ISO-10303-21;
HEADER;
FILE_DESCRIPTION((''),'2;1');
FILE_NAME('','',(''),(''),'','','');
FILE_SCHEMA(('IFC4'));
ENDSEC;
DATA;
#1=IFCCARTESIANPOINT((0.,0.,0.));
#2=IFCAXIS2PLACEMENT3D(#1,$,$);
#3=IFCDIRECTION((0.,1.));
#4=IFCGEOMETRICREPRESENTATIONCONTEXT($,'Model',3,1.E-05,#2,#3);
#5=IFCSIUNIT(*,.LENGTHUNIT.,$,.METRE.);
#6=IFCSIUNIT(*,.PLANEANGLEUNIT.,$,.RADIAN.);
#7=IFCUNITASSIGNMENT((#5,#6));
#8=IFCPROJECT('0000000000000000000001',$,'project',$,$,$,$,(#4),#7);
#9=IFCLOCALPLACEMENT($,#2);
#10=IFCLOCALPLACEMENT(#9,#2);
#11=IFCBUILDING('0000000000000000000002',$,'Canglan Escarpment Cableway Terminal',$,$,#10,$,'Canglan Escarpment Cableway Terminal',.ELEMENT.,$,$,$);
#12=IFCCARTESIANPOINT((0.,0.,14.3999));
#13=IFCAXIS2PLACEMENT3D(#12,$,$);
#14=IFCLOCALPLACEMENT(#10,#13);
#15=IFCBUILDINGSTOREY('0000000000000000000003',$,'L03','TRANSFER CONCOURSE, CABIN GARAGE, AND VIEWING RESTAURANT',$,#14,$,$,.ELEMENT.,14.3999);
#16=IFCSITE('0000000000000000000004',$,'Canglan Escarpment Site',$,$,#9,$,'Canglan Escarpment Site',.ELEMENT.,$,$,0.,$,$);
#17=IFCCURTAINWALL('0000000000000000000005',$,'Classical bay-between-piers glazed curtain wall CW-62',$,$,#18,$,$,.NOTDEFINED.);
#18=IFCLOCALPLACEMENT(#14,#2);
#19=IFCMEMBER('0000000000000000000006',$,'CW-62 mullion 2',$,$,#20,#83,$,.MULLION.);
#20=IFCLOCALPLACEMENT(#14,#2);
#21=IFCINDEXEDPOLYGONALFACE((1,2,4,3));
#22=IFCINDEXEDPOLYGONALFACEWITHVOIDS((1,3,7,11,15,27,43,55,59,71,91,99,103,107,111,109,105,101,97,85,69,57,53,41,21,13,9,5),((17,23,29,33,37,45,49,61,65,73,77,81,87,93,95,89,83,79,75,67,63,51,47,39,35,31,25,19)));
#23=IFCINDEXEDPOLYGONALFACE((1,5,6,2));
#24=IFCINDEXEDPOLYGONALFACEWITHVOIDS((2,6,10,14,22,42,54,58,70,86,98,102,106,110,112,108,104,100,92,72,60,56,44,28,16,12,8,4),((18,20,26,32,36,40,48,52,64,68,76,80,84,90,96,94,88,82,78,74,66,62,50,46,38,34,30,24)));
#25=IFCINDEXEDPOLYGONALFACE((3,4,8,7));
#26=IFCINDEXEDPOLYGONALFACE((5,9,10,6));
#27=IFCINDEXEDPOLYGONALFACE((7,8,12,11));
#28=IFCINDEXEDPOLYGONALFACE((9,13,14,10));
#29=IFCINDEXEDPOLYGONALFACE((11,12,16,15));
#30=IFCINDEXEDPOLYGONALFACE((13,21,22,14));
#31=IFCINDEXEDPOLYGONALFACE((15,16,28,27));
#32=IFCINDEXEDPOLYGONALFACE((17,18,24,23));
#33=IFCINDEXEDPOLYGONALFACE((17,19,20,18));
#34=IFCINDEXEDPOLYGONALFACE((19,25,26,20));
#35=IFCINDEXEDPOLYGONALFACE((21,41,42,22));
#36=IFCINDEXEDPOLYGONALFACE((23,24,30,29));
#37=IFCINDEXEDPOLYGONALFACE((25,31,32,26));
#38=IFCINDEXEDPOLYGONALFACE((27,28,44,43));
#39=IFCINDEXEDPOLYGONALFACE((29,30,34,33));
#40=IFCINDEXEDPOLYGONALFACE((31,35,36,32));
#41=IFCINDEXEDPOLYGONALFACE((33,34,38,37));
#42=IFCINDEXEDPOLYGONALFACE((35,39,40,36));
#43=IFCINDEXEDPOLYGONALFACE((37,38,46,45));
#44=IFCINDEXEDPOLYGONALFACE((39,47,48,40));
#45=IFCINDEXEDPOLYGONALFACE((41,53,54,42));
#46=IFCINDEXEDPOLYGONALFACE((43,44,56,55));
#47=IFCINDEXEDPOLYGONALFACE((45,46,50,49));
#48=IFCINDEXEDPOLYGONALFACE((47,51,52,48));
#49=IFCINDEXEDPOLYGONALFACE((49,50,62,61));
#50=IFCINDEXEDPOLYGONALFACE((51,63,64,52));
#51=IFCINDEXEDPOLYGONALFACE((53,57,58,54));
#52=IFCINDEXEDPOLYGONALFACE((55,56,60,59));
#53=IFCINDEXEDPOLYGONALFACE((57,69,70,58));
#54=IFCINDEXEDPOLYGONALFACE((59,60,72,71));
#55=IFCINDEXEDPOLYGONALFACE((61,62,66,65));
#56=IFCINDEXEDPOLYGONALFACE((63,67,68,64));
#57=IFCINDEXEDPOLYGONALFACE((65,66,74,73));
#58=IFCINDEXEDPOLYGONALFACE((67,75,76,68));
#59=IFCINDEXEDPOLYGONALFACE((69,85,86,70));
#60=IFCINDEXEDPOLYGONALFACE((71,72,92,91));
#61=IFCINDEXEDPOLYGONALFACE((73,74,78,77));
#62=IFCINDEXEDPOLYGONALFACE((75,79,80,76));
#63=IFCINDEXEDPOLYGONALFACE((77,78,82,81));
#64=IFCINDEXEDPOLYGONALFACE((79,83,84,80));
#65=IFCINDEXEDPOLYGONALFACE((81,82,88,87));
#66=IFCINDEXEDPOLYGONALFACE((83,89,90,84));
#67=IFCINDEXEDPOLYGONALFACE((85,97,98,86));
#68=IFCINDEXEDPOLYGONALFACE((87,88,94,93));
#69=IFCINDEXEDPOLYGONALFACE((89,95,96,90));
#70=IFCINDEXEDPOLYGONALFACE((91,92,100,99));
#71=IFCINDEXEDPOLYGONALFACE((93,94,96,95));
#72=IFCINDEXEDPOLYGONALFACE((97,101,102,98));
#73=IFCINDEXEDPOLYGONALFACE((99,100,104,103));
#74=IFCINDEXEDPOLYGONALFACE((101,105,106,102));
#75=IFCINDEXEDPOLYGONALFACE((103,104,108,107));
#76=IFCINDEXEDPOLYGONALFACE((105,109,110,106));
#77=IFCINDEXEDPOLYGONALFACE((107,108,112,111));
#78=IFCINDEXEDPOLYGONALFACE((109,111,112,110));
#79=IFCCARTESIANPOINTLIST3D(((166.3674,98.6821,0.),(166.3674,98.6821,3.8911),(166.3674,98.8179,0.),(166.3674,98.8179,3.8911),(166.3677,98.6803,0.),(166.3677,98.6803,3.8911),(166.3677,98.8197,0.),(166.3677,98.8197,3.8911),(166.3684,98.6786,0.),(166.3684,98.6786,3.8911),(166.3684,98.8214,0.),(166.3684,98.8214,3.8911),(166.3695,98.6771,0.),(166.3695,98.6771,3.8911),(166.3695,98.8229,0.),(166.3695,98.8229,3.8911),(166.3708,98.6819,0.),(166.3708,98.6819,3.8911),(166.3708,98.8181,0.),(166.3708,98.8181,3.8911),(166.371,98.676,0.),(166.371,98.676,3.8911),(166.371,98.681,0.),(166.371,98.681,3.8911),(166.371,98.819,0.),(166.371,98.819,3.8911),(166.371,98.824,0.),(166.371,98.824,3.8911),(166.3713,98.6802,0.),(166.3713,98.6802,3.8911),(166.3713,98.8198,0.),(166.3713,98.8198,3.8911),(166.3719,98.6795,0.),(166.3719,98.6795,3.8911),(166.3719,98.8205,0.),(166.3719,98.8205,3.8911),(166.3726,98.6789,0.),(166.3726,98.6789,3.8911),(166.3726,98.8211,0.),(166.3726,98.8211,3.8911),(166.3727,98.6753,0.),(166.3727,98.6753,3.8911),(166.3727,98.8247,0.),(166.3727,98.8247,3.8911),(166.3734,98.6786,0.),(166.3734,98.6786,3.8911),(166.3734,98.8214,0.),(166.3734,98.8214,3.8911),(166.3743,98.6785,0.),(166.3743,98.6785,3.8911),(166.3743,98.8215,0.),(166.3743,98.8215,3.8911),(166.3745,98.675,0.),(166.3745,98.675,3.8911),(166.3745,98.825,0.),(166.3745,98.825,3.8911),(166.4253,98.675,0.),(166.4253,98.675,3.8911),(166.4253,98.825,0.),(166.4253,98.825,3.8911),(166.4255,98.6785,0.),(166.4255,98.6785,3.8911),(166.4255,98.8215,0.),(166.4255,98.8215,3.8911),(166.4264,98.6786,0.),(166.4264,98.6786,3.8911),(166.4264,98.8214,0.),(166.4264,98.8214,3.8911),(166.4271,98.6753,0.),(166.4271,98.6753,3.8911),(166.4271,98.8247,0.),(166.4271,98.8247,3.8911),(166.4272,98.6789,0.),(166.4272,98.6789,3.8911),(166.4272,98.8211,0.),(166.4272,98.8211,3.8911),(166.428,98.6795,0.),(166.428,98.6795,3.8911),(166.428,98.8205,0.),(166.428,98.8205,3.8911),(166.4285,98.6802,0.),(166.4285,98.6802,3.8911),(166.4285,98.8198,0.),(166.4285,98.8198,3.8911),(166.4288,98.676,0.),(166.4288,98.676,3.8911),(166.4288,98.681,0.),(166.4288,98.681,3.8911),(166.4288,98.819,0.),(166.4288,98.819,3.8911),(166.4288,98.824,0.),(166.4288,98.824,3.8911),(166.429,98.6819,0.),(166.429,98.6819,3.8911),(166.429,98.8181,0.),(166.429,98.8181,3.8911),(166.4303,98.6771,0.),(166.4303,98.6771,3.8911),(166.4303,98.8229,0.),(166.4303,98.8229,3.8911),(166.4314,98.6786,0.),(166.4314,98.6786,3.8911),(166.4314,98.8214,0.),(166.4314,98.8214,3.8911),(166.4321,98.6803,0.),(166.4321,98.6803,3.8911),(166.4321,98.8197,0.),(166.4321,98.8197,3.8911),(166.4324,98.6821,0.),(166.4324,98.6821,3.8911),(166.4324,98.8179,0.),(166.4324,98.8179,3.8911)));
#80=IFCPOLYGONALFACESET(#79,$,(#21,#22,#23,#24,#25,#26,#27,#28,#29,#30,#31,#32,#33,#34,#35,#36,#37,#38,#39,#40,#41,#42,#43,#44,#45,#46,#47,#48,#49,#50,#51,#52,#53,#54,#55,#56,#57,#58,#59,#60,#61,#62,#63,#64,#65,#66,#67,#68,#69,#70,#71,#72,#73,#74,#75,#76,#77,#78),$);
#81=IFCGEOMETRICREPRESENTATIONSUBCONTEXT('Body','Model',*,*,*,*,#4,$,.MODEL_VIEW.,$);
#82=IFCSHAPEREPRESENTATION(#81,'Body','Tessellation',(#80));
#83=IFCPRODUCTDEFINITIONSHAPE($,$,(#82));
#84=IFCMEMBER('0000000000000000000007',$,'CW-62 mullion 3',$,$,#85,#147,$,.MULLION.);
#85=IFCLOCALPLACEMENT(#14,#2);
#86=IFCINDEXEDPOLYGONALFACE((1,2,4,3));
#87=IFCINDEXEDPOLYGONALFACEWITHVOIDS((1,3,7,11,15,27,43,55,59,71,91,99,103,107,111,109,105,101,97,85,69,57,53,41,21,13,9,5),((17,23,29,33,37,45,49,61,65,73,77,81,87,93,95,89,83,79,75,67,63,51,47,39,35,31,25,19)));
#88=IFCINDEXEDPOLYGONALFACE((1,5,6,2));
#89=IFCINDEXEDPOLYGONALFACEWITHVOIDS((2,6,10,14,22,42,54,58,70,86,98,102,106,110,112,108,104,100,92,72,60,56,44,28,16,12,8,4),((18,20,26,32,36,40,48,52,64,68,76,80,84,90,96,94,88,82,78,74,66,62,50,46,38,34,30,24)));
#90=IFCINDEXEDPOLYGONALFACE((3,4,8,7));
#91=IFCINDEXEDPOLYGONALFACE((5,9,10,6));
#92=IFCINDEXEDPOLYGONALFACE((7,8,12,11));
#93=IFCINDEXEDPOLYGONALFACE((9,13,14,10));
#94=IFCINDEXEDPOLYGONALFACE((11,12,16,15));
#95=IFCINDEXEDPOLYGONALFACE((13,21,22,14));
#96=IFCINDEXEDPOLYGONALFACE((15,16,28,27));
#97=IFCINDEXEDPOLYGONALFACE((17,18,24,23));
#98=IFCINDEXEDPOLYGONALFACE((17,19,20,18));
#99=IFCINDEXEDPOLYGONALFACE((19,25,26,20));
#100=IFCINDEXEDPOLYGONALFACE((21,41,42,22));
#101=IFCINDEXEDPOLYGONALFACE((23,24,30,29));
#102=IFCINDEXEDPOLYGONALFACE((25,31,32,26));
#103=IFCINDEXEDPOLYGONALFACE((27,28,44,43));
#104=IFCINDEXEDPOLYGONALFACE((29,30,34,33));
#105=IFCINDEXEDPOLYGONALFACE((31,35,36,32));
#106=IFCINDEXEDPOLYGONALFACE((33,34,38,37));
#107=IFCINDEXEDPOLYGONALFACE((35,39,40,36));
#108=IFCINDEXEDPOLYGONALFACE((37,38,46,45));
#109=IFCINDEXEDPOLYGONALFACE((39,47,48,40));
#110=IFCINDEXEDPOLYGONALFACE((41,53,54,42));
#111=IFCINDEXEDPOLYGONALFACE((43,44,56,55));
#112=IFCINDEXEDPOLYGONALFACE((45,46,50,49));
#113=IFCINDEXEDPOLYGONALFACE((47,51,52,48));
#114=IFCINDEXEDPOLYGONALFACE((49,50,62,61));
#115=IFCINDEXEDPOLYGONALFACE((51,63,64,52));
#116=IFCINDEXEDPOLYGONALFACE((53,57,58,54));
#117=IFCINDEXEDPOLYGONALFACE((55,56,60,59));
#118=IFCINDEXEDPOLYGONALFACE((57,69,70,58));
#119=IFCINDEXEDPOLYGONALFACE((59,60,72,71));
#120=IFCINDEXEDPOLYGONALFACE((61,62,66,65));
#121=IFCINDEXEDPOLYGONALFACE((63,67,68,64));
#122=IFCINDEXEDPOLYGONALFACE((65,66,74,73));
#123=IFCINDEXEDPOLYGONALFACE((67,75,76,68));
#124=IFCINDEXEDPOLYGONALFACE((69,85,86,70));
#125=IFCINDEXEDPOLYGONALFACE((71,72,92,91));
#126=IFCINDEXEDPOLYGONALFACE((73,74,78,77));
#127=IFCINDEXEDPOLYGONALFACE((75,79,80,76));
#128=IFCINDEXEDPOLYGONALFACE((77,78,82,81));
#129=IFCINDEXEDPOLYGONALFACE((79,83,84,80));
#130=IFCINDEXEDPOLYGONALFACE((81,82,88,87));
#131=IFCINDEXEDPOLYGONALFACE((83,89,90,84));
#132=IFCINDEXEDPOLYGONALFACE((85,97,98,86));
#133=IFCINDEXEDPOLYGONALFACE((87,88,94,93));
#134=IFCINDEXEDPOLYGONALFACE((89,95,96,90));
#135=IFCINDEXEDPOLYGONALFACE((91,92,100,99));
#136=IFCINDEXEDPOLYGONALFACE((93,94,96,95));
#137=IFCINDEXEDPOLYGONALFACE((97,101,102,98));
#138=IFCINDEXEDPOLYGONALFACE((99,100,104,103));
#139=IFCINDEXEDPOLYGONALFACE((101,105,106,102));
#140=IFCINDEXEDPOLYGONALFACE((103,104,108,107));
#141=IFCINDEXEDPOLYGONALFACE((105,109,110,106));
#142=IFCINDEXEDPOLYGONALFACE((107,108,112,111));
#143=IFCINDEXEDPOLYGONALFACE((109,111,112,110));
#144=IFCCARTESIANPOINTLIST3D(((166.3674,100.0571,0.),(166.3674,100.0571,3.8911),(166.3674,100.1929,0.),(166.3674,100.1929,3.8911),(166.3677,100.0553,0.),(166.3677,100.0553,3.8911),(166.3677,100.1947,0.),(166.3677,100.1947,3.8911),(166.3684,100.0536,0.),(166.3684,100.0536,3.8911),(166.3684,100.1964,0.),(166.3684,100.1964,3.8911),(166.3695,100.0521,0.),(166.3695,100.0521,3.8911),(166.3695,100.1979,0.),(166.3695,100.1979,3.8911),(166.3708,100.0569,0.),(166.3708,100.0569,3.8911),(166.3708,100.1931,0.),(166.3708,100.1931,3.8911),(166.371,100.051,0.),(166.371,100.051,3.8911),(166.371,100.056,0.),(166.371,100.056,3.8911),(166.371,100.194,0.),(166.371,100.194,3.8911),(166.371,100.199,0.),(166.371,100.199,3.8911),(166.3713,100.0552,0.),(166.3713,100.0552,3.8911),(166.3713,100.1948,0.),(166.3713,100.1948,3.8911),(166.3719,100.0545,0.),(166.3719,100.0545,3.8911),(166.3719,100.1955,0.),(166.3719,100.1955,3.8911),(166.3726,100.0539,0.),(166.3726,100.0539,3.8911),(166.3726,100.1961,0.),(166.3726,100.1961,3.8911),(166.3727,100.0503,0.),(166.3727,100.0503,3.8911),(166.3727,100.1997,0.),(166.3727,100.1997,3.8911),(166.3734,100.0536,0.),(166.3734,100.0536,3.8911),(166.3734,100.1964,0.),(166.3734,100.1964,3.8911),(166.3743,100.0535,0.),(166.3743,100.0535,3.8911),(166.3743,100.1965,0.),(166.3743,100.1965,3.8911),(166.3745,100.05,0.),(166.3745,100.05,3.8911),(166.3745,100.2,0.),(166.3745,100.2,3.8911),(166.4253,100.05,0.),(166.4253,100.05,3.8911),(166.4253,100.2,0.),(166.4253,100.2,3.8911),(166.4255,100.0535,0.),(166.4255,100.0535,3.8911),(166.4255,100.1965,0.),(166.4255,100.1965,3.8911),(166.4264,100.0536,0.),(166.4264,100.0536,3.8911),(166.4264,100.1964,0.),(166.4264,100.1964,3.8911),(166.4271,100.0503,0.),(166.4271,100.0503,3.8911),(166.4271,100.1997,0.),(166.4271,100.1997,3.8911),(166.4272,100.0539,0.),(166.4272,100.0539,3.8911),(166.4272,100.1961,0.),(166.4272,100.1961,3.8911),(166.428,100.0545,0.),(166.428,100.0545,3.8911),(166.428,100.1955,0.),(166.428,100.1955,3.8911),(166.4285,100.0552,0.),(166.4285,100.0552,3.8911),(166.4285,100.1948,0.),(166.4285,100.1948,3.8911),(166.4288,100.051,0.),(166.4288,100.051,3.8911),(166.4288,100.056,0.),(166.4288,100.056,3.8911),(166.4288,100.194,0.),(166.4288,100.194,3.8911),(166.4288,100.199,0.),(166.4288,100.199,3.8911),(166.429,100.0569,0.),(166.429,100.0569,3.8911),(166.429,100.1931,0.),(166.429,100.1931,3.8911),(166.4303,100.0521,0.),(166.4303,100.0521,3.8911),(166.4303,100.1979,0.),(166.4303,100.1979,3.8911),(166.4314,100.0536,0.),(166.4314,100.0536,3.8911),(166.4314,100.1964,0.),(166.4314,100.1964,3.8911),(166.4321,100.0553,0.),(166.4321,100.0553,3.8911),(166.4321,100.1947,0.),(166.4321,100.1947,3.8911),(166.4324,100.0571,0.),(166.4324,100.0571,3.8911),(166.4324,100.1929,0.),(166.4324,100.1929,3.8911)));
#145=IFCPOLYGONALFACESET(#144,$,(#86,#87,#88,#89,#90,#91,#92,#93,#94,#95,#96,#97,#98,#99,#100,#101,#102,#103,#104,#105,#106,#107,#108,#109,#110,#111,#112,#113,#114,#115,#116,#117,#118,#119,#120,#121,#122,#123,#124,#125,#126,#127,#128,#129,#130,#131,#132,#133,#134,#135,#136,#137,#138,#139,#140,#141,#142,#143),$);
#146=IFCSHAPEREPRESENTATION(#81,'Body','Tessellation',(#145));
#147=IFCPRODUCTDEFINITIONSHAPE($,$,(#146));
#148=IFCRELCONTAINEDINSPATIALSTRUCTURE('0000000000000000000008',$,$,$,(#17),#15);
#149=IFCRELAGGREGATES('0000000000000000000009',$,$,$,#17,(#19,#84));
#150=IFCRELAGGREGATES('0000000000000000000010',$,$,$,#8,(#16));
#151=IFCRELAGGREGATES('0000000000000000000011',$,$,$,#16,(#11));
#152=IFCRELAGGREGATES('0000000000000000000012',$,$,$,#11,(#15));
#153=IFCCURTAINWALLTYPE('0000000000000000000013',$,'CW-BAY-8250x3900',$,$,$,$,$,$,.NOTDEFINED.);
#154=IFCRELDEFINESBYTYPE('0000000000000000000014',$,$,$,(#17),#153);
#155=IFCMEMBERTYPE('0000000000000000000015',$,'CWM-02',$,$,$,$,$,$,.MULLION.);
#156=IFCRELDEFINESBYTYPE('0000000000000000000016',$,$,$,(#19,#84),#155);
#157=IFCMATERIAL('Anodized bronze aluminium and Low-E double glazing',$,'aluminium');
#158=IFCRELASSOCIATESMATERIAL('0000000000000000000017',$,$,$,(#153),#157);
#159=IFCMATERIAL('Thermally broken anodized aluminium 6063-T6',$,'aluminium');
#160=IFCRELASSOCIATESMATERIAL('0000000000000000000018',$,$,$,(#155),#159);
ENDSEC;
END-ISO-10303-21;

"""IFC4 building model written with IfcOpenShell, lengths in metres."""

from ifc_helpers import new_model, si_unit, direction, frame, origin, origin_2d, place, context, subcontext, project, spatial, hollow_rectangle, extrude, material, material_profile, profile_set, type_object, element, aggregate, save


model = new_model("IFC4")

# Units and contexts
model_context = context("Model", 3, precision=1e-05, world=origin(), true_north=direction((0.0, 1.0)))
body_context = subcontext(model_context, "Body", "Model", "MODEL_VIEW")
ifc_project = project(units=[si_unit("LENGTHUNIT", "METRE"), si_unit("PLANEANGLEUNIT", "RADIAN")], contexts=[model_context])

# Site, building, storey
site_placement = place(None, origin())
site = spatial("IfcSite", under=ifc_project, at=site_placement, Name="Canglan Escarpment Site", LongName="Canglan Escarpment Site", CompositionType="ELEMENT", RefElevation=0.0)
building_placement = place(site_placement, origin())
building = spatial("IfcBuilding", under=site, at=building_placement, Name="Canglan Escarpment Cableway Terminal", LongName="Canglan Escarpment Cableway Terminal", CompositionType="ELEMENT")
storey_placement = place(building_placement, frame((0.0, 0.0, 14.3999)))
storey = spatial("IfcBuildingStorey", under=building, at=storey_placement, Name="L03", Description="TRANSFER CONCOURSE, CABIN GARAGE, AND VIEWING RESTAURANT", CompositionType="ELEMENT", Elevation=14.3999)

# Curtain wall, members
ifc_material_1 = material(Name="Anodized bronze aluminium and Low-E double glazing", Category="aluminium")
curtain_wall_type = type_object("IfcCurtainWallType", Name="CW-BAY-8250x3900", PredefinedType="NOTDEFINED", material=ifc_material_1)
curtain_wall_placement = place(storey_placement, origin())
curtain_wall = element("IfcCurtainWall", 1, at=curtain_wall_placement, inside=storey, type_object=curtain_wall_type, Name="Classical bay-between-piers glazed curtain wall CW-62", PredefinedType="NOTDEFINED")
ifc_material_2 = material(Name="Thermally broken anodized aluminium 6063-T6", Category="aluminium")
ifc_material_profile_1 = material_profile(ifc_material_2, hollow_rectangle(XDim=0.0649, YDim=0.1499, WallThickness=0.0034, InnerFilletRadius=0.0034, OuterFilletRadius=0.0071, at=origin_2d()), Name="ALU-MULL 65x150x3.5")
ifc_profile_set_1 = profile_set([ifc_material_profile_1], Name="Thermally broken anodized aluminium 6063-T6")
member_type_1 = type_object("IfcMemberType", Name="CWM-02", PredefinedType="MULLION", material=ifc_profile_set_1)
member_1_placement = place(storey_placement, frame((166.3999, 98.75, 0.0), z_axis=(0.0, 0.0, 1.0), x_axis=(-1.0, 0.0, 0.0)))
member_1 = element("IfcMember", 2, at=member_1_placement, type_object=member_type_1, Name="CW-62 mullion 2", PredefinedType="MULLION", context=body_context, shape_type="SweptSolid", body=[
    extrude(hollow_rectangle(XDim=0.0649, YDim=0.1499, WallThickness=0.0034, InnerFilletRadius=0.0034, OuterFilletRadius=0.0071, at=origin_2d()), origin(), (0.0, 0.0, 1.0), 3.8911),
])
member_2_placement = place(storey_placement, frame((166.3999, 100.125, 0.0), z_axis=(0.0, 0.0, 1.0), x_axis=(-1.0, 0.0, 0.0)))
member_2 = element("IfcMember", 3, at=member_2_placement, type_object=member_type_1, Name="CW-62 mullion 3", PredefinedType="MULLION", context=body_context, shape_type="SweptSolid", body=[
    extrude(hollow_rectangle(XDim=0.0649, YDim=0.1499, WallThickness=0.0034, InnerFilletRadius=0.0034, OuterFilletRadius=0.0071, at=origin_2d()), origin(), (0.0, 0.0, 1.0), 3.8911),
])
aggregate(curtain_wall, [member_1, member_2])

save(model, "model.ifc")
